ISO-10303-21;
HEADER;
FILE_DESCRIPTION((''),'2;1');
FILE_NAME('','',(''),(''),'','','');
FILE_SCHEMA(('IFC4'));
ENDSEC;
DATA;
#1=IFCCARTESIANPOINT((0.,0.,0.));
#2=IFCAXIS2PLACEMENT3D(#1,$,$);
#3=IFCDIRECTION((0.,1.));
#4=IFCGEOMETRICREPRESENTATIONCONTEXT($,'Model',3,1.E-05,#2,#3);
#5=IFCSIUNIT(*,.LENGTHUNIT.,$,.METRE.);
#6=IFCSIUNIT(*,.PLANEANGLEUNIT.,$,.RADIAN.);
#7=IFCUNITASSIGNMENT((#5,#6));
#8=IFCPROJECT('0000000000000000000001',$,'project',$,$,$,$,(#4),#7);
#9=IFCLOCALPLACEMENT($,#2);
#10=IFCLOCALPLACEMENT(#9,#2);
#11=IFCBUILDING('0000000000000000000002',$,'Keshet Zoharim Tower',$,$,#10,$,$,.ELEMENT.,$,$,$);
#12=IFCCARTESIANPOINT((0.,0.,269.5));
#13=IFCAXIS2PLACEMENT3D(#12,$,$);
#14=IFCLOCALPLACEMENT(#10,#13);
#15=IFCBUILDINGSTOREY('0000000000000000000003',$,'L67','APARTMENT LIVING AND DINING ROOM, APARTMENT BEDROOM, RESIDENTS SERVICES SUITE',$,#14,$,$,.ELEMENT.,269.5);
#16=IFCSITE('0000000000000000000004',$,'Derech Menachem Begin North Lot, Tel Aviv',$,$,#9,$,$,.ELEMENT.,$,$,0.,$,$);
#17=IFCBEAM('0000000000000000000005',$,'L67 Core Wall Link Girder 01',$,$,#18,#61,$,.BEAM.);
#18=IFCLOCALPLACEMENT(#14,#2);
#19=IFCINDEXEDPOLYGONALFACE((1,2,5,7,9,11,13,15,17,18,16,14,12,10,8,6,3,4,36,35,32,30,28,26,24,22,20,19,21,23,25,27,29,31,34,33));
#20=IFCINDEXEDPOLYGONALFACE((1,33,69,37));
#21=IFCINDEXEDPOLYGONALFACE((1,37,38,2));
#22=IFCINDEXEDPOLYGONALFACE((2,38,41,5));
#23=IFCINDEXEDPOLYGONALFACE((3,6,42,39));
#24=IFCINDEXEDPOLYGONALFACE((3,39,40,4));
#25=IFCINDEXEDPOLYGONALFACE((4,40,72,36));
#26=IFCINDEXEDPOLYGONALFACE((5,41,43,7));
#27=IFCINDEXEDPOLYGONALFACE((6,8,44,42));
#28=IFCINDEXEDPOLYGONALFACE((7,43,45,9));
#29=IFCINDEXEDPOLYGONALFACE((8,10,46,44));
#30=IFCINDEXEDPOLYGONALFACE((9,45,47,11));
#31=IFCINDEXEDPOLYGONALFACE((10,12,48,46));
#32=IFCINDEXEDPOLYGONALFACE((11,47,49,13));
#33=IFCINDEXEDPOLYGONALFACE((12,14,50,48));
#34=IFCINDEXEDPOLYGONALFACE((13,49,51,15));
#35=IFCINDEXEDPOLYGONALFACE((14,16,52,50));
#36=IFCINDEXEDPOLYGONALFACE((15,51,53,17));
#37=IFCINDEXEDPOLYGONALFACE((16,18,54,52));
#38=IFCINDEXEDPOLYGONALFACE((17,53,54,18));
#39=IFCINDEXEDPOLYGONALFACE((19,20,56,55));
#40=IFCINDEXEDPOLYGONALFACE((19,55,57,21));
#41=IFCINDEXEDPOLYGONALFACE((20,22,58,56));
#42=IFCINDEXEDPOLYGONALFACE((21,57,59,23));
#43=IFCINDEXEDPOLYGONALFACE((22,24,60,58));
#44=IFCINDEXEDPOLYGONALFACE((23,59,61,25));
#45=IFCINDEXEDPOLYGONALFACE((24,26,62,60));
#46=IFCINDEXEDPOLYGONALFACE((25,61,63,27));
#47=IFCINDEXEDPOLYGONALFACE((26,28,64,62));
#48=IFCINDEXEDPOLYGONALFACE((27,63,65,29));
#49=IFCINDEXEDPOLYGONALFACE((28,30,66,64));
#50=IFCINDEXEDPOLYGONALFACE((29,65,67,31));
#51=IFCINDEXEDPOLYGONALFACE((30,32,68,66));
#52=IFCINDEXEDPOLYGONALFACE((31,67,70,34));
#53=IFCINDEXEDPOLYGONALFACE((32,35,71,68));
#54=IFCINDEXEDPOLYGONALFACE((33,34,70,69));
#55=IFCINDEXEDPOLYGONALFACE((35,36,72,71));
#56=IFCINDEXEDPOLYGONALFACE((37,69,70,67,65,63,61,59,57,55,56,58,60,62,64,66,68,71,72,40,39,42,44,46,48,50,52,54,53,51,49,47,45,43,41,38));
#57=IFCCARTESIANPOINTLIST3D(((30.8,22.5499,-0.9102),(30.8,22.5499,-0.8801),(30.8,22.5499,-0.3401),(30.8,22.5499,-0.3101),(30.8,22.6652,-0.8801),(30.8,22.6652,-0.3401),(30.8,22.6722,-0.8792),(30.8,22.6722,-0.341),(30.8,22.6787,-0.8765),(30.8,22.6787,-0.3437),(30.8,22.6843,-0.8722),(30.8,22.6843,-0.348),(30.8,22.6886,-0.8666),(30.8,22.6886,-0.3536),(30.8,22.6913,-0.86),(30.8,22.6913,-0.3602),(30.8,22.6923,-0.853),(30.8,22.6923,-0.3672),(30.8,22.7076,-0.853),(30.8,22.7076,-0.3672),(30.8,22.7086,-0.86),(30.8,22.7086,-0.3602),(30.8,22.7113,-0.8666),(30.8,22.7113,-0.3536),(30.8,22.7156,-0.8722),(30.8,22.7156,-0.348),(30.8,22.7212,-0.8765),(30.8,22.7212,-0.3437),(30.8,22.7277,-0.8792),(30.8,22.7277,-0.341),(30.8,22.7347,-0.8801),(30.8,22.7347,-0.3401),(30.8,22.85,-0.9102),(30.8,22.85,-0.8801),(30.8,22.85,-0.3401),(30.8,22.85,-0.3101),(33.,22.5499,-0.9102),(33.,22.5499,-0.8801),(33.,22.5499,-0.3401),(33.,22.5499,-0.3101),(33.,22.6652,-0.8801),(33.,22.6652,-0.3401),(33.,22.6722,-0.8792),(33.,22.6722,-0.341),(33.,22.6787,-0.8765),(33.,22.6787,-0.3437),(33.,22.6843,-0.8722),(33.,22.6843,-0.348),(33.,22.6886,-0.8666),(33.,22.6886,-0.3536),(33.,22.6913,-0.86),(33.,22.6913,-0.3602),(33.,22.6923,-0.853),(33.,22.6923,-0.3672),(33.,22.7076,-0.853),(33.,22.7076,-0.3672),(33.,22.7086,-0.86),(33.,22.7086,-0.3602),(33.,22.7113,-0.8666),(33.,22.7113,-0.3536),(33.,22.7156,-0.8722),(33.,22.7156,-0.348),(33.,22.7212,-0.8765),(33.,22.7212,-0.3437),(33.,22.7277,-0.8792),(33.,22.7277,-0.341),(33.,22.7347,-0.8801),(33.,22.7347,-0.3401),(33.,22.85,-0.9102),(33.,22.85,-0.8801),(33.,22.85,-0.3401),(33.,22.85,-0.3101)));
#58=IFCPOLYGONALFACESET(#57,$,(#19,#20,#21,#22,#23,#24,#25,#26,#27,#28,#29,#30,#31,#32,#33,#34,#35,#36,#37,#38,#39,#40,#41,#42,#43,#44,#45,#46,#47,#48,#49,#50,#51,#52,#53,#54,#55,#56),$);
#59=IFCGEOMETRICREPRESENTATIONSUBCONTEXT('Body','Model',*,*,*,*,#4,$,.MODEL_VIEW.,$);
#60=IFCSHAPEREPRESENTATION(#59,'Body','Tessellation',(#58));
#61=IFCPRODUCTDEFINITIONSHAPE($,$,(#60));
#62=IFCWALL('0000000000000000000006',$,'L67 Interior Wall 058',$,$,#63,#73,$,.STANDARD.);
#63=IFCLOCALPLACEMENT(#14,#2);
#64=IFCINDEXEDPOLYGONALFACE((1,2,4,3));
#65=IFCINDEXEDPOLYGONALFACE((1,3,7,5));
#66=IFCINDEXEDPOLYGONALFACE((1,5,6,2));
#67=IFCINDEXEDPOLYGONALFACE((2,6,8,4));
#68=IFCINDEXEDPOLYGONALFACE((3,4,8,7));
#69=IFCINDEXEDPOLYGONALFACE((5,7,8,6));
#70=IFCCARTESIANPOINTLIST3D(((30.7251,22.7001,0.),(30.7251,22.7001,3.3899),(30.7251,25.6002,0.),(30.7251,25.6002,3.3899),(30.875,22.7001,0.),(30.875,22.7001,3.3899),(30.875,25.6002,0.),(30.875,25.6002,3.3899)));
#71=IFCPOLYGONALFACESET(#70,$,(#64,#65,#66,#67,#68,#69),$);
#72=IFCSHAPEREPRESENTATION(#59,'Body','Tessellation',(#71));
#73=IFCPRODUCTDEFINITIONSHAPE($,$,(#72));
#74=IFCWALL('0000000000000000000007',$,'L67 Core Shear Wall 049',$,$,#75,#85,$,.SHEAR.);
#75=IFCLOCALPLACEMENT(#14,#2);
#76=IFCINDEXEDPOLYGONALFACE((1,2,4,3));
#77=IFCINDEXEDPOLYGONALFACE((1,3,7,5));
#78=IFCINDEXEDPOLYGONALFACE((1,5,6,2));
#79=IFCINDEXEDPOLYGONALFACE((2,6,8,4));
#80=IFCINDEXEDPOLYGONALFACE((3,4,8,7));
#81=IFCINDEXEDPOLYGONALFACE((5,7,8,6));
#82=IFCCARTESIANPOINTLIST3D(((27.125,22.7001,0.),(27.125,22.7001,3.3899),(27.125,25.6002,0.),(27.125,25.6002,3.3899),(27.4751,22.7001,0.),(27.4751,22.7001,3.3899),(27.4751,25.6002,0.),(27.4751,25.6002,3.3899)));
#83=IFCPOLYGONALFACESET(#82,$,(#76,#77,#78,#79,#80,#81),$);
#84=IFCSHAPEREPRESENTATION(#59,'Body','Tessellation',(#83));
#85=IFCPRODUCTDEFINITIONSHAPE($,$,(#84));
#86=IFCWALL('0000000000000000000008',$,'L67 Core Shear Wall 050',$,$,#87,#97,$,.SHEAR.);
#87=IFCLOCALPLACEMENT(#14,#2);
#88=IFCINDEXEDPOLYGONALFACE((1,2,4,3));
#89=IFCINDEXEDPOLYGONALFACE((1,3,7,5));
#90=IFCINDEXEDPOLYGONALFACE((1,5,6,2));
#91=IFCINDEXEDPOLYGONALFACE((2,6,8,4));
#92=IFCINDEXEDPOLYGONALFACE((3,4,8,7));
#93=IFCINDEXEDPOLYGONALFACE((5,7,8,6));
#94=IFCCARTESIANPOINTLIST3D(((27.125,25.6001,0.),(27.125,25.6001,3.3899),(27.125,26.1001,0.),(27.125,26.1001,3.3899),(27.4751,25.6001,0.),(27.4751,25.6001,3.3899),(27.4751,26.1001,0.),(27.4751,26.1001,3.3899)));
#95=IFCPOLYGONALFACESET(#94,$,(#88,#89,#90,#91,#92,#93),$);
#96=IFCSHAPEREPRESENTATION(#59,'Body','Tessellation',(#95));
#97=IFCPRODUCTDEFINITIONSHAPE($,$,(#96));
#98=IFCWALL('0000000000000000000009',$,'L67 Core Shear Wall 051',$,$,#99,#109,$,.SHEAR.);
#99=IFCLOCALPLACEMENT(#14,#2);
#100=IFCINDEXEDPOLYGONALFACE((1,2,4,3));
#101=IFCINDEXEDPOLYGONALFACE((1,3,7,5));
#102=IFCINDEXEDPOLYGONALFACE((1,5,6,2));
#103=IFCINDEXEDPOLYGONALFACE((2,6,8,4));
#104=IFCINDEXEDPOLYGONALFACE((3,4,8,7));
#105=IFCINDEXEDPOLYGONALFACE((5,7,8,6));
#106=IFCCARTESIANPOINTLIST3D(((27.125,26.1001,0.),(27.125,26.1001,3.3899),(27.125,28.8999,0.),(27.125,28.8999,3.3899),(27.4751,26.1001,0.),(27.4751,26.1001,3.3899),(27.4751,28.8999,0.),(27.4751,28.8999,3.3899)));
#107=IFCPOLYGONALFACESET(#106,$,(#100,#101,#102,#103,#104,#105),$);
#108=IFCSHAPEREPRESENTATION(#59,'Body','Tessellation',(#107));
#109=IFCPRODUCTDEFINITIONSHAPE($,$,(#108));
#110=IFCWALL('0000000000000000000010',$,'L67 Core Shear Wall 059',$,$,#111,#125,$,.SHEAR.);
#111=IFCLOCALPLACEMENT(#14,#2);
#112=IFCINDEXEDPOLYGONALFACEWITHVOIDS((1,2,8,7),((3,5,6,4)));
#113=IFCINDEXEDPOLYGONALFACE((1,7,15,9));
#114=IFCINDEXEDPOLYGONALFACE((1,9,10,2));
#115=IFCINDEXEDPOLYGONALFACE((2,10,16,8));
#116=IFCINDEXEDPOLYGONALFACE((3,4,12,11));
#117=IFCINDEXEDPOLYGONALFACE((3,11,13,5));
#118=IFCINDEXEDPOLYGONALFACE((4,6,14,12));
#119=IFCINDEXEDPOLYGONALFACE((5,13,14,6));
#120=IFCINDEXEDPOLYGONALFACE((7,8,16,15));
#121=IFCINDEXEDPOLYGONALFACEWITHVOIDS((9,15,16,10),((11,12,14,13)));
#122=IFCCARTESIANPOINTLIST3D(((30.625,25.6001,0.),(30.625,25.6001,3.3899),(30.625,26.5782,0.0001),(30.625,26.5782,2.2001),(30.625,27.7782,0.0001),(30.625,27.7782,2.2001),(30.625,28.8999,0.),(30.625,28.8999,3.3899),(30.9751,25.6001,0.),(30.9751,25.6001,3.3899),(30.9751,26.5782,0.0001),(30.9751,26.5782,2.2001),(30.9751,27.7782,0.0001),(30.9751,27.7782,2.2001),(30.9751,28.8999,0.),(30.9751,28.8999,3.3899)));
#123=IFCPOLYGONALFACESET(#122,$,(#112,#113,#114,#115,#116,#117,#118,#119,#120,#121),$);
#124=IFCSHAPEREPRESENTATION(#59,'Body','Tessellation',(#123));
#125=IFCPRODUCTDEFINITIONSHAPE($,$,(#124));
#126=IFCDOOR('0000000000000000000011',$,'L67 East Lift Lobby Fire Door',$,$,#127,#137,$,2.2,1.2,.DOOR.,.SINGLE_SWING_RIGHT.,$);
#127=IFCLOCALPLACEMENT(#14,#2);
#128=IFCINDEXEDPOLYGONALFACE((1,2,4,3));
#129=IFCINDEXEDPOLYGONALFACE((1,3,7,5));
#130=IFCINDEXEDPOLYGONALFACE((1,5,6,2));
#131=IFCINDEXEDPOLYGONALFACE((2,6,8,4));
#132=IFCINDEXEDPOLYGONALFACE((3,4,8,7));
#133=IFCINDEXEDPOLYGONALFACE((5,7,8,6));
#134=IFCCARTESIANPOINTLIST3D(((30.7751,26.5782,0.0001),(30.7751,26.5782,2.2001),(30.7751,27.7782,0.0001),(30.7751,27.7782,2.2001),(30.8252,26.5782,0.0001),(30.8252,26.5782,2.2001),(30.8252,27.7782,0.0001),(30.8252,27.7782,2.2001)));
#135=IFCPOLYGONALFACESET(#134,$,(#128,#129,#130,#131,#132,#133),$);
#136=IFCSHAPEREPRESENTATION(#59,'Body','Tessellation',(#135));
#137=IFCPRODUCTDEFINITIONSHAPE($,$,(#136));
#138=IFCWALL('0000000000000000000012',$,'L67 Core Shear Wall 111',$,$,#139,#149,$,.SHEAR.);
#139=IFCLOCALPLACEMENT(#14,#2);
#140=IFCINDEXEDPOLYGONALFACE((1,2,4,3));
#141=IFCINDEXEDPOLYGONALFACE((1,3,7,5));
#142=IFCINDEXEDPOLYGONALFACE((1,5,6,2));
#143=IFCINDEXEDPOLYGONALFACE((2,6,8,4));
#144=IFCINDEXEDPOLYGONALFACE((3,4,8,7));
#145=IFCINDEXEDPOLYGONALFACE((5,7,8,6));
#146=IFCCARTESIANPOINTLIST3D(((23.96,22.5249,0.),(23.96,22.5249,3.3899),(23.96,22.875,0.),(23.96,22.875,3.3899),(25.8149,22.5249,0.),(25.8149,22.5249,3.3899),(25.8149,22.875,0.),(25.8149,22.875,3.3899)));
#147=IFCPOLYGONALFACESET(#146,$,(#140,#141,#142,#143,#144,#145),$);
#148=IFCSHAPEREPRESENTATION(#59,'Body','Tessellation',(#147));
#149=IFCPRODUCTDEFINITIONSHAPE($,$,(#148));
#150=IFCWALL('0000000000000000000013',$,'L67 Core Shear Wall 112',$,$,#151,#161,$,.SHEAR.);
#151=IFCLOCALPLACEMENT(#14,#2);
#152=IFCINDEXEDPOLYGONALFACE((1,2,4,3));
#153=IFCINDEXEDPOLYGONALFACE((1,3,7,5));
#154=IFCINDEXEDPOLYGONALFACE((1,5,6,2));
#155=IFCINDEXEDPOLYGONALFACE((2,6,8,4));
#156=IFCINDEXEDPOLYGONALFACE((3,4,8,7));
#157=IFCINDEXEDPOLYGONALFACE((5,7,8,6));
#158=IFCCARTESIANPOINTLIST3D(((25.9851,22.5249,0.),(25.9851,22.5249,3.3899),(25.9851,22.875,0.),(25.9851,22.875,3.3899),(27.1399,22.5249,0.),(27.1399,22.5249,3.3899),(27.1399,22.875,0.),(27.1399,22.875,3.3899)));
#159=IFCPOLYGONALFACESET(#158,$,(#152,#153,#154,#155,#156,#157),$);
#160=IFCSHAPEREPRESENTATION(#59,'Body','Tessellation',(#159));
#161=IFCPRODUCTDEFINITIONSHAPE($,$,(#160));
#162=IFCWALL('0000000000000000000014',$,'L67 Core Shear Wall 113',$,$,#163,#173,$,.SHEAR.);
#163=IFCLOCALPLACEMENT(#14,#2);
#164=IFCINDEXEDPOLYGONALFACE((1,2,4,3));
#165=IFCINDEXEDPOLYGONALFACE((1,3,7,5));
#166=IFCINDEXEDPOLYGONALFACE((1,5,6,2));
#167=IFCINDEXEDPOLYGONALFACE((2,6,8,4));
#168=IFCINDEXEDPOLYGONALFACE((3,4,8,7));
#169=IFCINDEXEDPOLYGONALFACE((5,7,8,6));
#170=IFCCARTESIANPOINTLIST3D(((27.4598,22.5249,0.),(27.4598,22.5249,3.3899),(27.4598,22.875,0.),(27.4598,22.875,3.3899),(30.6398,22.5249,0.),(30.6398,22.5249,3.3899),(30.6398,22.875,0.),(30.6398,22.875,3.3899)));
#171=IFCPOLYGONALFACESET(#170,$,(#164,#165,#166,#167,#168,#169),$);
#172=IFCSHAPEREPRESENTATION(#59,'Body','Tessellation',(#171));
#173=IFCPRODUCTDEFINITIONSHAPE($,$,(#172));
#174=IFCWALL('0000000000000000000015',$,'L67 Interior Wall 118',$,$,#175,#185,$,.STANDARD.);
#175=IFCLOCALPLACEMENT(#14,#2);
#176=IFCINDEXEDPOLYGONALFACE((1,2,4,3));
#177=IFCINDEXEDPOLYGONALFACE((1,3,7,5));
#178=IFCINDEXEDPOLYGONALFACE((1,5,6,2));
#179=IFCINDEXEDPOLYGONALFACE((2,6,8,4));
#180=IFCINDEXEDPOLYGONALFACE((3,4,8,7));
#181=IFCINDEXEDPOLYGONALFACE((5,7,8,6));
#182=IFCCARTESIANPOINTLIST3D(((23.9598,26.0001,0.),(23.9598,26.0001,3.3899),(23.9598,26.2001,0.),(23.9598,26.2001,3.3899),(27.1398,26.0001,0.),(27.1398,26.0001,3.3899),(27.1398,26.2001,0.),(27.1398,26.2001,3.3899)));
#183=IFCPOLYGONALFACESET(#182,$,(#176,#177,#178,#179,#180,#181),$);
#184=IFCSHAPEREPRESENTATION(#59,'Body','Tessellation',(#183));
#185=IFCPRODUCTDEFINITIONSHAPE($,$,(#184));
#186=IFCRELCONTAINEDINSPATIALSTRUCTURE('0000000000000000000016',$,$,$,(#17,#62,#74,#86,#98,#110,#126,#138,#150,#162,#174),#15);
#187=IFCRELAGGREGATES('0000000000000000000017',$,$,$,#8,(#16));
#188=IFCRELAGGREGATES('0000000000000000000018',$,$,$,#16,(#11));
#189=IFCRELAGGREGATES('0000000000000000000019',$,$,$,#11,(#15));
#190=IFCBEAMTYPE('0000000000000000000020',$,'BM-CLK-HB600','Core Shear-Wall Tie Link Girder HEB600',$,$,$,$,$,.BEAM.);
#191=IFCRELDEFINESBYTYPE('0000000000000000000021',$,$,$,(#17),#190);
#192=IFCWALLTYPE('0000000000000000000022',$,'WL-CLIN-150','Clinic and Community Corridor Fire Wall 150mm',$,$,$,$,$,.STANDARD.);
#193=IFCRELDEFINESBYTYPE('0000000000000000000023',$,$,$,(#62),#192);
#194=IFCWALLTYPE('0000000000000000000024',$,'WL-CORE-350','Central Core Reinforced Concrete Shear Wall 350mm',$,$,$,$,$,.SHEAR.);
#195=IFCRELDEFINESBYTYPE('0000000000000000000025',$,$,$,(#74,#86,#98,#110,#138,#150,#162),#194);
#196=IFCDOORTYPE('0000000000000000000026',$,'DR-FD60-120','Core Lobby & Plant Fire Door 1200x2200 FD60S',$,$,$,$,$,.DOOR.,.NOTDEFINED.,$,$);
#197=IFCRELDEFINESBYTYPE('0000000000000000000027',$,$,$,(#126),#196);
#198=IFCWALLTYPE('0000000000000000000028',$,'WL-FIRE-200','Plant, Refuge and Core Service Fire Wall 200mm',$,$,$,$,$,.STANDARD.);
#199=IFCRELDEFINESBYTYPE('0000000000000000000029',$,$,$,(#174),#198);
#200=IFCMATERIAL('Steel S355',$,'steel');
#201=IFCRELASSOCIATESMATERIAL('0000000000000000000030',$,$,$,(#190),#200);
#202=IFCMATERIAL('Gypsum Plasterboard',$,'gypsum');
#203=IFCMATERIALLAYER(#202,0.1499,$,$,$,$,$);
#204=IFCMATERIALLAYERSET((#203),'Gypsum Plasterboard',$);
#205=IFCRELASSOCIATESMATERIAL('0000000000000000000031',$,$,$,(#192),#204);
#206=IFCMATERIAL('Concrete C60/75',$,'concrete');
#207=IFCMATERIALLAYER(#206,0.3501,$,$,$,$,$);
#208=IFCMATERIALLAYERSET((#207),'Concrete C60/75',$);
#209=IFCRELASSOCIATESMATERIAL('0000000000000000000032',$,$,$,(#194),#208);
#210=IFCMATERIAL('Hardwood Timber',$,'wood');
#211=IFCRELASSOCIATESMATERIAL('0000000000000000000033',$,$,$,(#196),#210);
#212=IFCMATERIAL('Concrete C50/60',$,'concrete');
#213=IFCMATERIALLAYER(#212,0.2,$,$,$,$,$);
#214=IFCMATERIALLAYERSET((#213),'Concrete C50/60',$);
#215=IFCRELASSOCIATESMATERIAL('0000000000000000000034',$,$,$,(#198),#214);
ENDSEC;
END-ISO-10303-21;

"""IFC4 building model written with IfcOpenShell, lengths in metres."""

from ifc_helpers import new_model, si_unit, direction, frame, frame_2d, origin, origin_2d, place, context, subcontext, project, spatial, rectangle, i_section, extrude, material, layer, layer_set, material_profile, profile_set, type_object, element, fill, save


model = new_model("IFC4")

# Units and contexts
model_context = context("Model", 3, precision=1e-05, world=origin(), true_north=direction((0.0, 1.0)))
body_context = subcontext(model_context, "Body", "Model", "MODEL_VIEW")
ifc_project = project(units=[si_unit("LENGTHUNIT", "METRE"), si_unit("PLANEANGLEUNIT", "RADIAN")], contexts=[model_context])

# Site, building, storey
site_placement = place(None, origin())
site = spatial("IfcSite", under=ifc_project, at=site_placement, Name="Derech Menachem Begin North Lot, Tel Aviv", CompositionType="ELEMENT", RefElevation=0.0)
building_placement = place(site_placement, origin())
building = spatial("IfcBuilding", under=site, at=building_placement, Name="Keshet Zoharim Tower", CompositionType="ELEMENT")
storey_placement = place(building_placement, frame((0.0, 0.0, 269.5)))
storey = spatial("IfcBuildingStorey", under=building, at=storey_placement, Name="L67", Description="APARTMENT LIVING AND DINING ROOM, APARTMENT BEDROOM, RESIDENTS SERVICES SUITE", CompositionType="ELEMENT", Elevation=269.5)

# Beam
ifc_material_1 = material(Name="Steel S355", Category="steel")
ifc_material_profile = material_profile(ifc_material_1, i_section(OverallWidth=0.3, OverallDepth=0.6001, WebThickness=0.0154, FlangeThickness=0.03, FilletRadius=0.0271, at=origin_2d()), Name="HEB600")
ifc_profile_set = profile_set([ifc_material_profile], Name="Steel S355")
beam_type = type_object("IfcBeamType", Name="BM-CLK-HB600", Description="Core Shear-Wall Tie Link Girder HEB600", PredefinedType="BEAM", material=ifc_profile_set)
beam_placement = place(storey_placement, frame((30.8, 22.7, -0.6101), z_axis=(1.0, 0.0, 0.0), x_axis=(0.0, 1.0, 0.0)))
element("IfcBeam", 1, at=beam_placement, inside=storey, type_object=beam_type, Name="L67 Core Wall Link Girder 01", PredefinedType="BEAM", context=body_context, shape_type="SweptSolid", body=[
    extrude(i_section(OverallWidth=0.3, OverallDepth=0.6001, WebThickness=0.0154, FlangeThickness=0.03, FilletRadius=0.0271, at=origin_2d()), origin(), (0.0, 0.0, 1.0), 2.2),
])

# Wall
ifc_material_2 = material(Name="Gypsum Plasterboard", Category="gypsum")
ifc_layer_1 = layer(ifc_material_2, 0.1499)
ifc_layer_set_1 = layer_set([ifc_layer_1], Name="Gypsum Plasterboard")
wall_type_1 = type_object("IfcWallType", Name="WL-CLIN-150", Description="Clinic and Community Corridor Fire Wall 150mm", PredefinedType="STANDARD", material=ifc_layer_set_1)
wall_1_placement = place(storey_placement, frame((30.8, 22.7, 0.0), z_axis=(0.0, 0.0, 1.0), x_axis=(0.0, 1.0, 0.0)))
element("IfcWall", 2, at=wall_1_placement, inside=storey, type_object=wall_type_1, Name="L67 Interior Wall 058", PredefinedType="STANDARD", context=body_context, shape_type="SweptSolid", body=[
    extrude(rectangle(XDim=2.9001, YDim=0.1499, at=frame_2d((1.4502, 0.0))), origin(), (0.0, 0.0, 1.0), 3.3899),
])

# Shared definitions
ifc_material_3 = material(Name="Concrete C60/75", Category="concrete")
ifc_layer_2 = layer(ifc_material_3, 0.3501)
ifc_layer_set_2 = layer_set([ifc_layer_2], Name="Concrete C60/75")
wall_type_2 = type_object("IfcWallType", Name="WL-CORE-350", Description="Central Core Reinforced Concrete Shear Wall 350mm", PredefinedType="SHEAR", material=ifc_layer_set_2)
ifc_material_4 = material(Name="Hardwood Timber", Category="wood")

# Walls
wall_2_placement = place(storey_placement, frame((27.3, 22.7, 0.0), z_axis=(0.0, 0.0, 1.0), x_axis=(0.0, 1.0, 0.0)))
element("IfcWall", 3, at=wall_2_placement, inside=storey, type_object=wall_type_2, Name="L67 Core Shear Wall 049", PredefinedType="SHEAR", context=body_context, shape_type="SweptSolid", body=[
    extrude(rectangle(XDim=2.9001, YDim=0.3501, at=frame_2d((1.4502, 0.0))), origin(), (0.0, 0.0, 1.0), 3.3899),
])
wall_3_placement = place(storey_placement, frame((27.3, 25.6001, 0.0), z_axis=(0.0, 0.0, 1.0), x_axis=(0.0, 1.0, 0.0)))
element("IfcWall", 4, at=wall_3_placement, inside=storey, type_object=wall_type_2, Name="L67 Core Shear Wall 050", PredefinedType="SHEAR", context=body_context, shape_type="SweptSolid", body=[
    extrude(rectangle(XDim=0.5, YDim=0.3501, at=frame_2d((0.25, 0.0))), origin(), (0.0, 0.0, 1.0), 3.3899),
])
wall_4_placement = place(storey_placement, frame((27.3, 26.1001, 0.0), z_axis=(0.0, 0.0, 1.0), x_axis=(0.0, 1.0, 0.0)))
element("IfcWall", 5, at=wall_4_placement, inside=storey, type_object=wall_type_2, Name="L67 Core Shear Wall 051", PredefinedType="SHEAR", context=body_context, shape_type="SweptSolid", body=[
    extrude(rectangle(XDim=2.7998, YDim=0.3501, at=frame_2d((1.3999, 0.0))), origin(), (0.0, 0.0, 1.0), 3.3899),
])

# Wall, opening, door
wall_5_placement = place(storey_placement, frame((30.8, 25.6001, 0.0), z_axis=(0.0, 0.0, 1.0), x_axis=(0.0, 1.0, 0.0)))
wall_5 = element("IfcWall", 6, at=wall_5_placement, inside=storey, type_object=wall_type_2, Name="L67 Core Shear Wall 059", PredefinedType="SHEAR", context=body_context, shape_type="SweptSolid", body=[
    extrude(rectangle(XDim=3.2998, YDim=0.3501, at=frame_2d((1.6499, 0.0))), origin(), (0.0, 0.0, 1.0), 3.3899),
])
opening_1_placement = place(wall_5_placement, frame((0.978, 0.0, 0.0)))
opening_1 = element("IfcOpeningElement", 7, at=opening_1_placement, cuts=wall_5, PredefinedType="OPENING", context=body_context, shape_type="SweptSolid", body=[
    extrude(rectangle(XDim=1.2, YDim=2.2, at=frame_2d((0.6001, 1.1001))), frame((0.0, 0.1851, 0.0), z_axis=(0.0, -1.0, 0.0), x_axis=(1.0, 0.0, 0.0)), (0.0, 0.0, 1.0), 0.3701),
])
door_type_1 = type_object("IfcDoorType", Name="DR-FD60-120", Description="Core Lobby & Plant Fire Door 1200x2200 FD60S", OperationType="NOTDEFINED", PredefinedType="DOOR", material=ifc_material_4)
door_1_placement = place(opening_1_placement, origin())
door_1 = element("IfcDoor", 8, at=door_1_placement, inside=storey, type_object=door_type_1, Name="L67 East Lift Lobby Fire Door", OperationType="SINGLE_SWING_RIGHT", OverallHeight=2.2, OverallWidth=1.2, PredefinedType="DOOR", context=body_context, shape_type="SweptSolid", body=[
    extrude(rectangle(XDim=1.2, YDim=2.2, at=frame_2d((0.6001, 1.1001))), frame((0.0, 0.0249, 0.0), z_axis=(0.0, -1.0, 0.0), x_axis=(1.0, 0.0, 0.0)), (0.0, 0.0, 1.0), 0.05),
])
fill(opening_1, door_1)

# Walls
wall_6_placement = place(storey_placement, frame((23.96, 22.7, 0.0), z_axis=(0.0, 0.0, 1.0), x_axis=(1.0, 0.0, 0.0)))
element("IfcWall", 9, at=wall_6_placement, inside=storey, type_object=wall_type_2, Name="L67 Core Shear Wall 111", PredefinedType="SHEAR", context=body_context, shape_type="SweptSolid", body=[
    extrude(rectangle(XDim=1.855, YDim=0.3501, at=frame_2d((0.9275, 0.0))), origin(), (0.0, 0.0, 1.0), 3.3899),
])
wall_7_placement = place(storey_placement, frame((25.9851, 22.7, 0.0), z_axis=(0.0, 0.0, 1.0), x_axis=(1.0, 0.0, 0.0)))
element("IfcWall", 10, at=wall_7_placement, inside=storey, type_object=wall_type_2, Name="L67 Core Shear Wall 112", PredefinedType="SHEAR", context=body_context, shape_type="SweptSolid", body=[
    extrude(rectangle(XDim=1.1548, YDim=0.3501, at=frame_2d((0.5774, 0.0))), origin(), (0.0, 0.0, 1.0), 3.3899),
])
wall_8_placement = place(storey_placement, frame((27.46, 22.7, 0.0), z_axis=(0.0, 0.0, 1.0), x_axis=(1.0, 0.0, 0.0)))
element("IfcWall", 11, at=wall_8_placement, inside=storey, type_object=wall_type_2, Name="L67 Core Shear Wall 113", PredefinedType="SHEAR", context=body_context, shape_type="SweptSolid", body=[
    extrude(rectangle(XDim=3.1799, YDim=0.3501, at=frame_2d((1.5898, 0.0))), origin(), (0.0, 0.0, 1.0), 3.3899),
])

# Wall
ifc_material_5 = material(Name="Concrete C50/60", Category="concrete")
ifc_layer_3 = layer(ifc_material_5, 0.2)
ifc_layer_set_3 = layer_set([ifc_layer_3], Name="Concrete C50/60")
wall_type_3 = type_object("IfcWallType", Name="WL-FIRE-200", Description="Plant, Refuge and Core Service Fire Wall 200mm", PredefinedType="STANDARD", material=ifc_layer_set_3)
wall_9_placement = place(storey_placement, frame((23.96, 26.1001, 0.0), z_axis=(0.0, 0.0, 1.0), x_axis=(1.0, 0.0, 0.0)))
element("IfcWall", 12, at=wall_9_placement, inside=storey, type_object=wall_type_3, Name="L67 Interior Wall 118", PredefinedType="STANDARD", context=body_context, shape_type="SweptSolid", body=[
    extrude(rectangle(XDim=3.1799, YDim=0.2, at=frame_2d((1.5898, 0.0))), origin(), (0.0, 0.0, 1.0), 3.3899),
])

save(model, "model.ifc")
